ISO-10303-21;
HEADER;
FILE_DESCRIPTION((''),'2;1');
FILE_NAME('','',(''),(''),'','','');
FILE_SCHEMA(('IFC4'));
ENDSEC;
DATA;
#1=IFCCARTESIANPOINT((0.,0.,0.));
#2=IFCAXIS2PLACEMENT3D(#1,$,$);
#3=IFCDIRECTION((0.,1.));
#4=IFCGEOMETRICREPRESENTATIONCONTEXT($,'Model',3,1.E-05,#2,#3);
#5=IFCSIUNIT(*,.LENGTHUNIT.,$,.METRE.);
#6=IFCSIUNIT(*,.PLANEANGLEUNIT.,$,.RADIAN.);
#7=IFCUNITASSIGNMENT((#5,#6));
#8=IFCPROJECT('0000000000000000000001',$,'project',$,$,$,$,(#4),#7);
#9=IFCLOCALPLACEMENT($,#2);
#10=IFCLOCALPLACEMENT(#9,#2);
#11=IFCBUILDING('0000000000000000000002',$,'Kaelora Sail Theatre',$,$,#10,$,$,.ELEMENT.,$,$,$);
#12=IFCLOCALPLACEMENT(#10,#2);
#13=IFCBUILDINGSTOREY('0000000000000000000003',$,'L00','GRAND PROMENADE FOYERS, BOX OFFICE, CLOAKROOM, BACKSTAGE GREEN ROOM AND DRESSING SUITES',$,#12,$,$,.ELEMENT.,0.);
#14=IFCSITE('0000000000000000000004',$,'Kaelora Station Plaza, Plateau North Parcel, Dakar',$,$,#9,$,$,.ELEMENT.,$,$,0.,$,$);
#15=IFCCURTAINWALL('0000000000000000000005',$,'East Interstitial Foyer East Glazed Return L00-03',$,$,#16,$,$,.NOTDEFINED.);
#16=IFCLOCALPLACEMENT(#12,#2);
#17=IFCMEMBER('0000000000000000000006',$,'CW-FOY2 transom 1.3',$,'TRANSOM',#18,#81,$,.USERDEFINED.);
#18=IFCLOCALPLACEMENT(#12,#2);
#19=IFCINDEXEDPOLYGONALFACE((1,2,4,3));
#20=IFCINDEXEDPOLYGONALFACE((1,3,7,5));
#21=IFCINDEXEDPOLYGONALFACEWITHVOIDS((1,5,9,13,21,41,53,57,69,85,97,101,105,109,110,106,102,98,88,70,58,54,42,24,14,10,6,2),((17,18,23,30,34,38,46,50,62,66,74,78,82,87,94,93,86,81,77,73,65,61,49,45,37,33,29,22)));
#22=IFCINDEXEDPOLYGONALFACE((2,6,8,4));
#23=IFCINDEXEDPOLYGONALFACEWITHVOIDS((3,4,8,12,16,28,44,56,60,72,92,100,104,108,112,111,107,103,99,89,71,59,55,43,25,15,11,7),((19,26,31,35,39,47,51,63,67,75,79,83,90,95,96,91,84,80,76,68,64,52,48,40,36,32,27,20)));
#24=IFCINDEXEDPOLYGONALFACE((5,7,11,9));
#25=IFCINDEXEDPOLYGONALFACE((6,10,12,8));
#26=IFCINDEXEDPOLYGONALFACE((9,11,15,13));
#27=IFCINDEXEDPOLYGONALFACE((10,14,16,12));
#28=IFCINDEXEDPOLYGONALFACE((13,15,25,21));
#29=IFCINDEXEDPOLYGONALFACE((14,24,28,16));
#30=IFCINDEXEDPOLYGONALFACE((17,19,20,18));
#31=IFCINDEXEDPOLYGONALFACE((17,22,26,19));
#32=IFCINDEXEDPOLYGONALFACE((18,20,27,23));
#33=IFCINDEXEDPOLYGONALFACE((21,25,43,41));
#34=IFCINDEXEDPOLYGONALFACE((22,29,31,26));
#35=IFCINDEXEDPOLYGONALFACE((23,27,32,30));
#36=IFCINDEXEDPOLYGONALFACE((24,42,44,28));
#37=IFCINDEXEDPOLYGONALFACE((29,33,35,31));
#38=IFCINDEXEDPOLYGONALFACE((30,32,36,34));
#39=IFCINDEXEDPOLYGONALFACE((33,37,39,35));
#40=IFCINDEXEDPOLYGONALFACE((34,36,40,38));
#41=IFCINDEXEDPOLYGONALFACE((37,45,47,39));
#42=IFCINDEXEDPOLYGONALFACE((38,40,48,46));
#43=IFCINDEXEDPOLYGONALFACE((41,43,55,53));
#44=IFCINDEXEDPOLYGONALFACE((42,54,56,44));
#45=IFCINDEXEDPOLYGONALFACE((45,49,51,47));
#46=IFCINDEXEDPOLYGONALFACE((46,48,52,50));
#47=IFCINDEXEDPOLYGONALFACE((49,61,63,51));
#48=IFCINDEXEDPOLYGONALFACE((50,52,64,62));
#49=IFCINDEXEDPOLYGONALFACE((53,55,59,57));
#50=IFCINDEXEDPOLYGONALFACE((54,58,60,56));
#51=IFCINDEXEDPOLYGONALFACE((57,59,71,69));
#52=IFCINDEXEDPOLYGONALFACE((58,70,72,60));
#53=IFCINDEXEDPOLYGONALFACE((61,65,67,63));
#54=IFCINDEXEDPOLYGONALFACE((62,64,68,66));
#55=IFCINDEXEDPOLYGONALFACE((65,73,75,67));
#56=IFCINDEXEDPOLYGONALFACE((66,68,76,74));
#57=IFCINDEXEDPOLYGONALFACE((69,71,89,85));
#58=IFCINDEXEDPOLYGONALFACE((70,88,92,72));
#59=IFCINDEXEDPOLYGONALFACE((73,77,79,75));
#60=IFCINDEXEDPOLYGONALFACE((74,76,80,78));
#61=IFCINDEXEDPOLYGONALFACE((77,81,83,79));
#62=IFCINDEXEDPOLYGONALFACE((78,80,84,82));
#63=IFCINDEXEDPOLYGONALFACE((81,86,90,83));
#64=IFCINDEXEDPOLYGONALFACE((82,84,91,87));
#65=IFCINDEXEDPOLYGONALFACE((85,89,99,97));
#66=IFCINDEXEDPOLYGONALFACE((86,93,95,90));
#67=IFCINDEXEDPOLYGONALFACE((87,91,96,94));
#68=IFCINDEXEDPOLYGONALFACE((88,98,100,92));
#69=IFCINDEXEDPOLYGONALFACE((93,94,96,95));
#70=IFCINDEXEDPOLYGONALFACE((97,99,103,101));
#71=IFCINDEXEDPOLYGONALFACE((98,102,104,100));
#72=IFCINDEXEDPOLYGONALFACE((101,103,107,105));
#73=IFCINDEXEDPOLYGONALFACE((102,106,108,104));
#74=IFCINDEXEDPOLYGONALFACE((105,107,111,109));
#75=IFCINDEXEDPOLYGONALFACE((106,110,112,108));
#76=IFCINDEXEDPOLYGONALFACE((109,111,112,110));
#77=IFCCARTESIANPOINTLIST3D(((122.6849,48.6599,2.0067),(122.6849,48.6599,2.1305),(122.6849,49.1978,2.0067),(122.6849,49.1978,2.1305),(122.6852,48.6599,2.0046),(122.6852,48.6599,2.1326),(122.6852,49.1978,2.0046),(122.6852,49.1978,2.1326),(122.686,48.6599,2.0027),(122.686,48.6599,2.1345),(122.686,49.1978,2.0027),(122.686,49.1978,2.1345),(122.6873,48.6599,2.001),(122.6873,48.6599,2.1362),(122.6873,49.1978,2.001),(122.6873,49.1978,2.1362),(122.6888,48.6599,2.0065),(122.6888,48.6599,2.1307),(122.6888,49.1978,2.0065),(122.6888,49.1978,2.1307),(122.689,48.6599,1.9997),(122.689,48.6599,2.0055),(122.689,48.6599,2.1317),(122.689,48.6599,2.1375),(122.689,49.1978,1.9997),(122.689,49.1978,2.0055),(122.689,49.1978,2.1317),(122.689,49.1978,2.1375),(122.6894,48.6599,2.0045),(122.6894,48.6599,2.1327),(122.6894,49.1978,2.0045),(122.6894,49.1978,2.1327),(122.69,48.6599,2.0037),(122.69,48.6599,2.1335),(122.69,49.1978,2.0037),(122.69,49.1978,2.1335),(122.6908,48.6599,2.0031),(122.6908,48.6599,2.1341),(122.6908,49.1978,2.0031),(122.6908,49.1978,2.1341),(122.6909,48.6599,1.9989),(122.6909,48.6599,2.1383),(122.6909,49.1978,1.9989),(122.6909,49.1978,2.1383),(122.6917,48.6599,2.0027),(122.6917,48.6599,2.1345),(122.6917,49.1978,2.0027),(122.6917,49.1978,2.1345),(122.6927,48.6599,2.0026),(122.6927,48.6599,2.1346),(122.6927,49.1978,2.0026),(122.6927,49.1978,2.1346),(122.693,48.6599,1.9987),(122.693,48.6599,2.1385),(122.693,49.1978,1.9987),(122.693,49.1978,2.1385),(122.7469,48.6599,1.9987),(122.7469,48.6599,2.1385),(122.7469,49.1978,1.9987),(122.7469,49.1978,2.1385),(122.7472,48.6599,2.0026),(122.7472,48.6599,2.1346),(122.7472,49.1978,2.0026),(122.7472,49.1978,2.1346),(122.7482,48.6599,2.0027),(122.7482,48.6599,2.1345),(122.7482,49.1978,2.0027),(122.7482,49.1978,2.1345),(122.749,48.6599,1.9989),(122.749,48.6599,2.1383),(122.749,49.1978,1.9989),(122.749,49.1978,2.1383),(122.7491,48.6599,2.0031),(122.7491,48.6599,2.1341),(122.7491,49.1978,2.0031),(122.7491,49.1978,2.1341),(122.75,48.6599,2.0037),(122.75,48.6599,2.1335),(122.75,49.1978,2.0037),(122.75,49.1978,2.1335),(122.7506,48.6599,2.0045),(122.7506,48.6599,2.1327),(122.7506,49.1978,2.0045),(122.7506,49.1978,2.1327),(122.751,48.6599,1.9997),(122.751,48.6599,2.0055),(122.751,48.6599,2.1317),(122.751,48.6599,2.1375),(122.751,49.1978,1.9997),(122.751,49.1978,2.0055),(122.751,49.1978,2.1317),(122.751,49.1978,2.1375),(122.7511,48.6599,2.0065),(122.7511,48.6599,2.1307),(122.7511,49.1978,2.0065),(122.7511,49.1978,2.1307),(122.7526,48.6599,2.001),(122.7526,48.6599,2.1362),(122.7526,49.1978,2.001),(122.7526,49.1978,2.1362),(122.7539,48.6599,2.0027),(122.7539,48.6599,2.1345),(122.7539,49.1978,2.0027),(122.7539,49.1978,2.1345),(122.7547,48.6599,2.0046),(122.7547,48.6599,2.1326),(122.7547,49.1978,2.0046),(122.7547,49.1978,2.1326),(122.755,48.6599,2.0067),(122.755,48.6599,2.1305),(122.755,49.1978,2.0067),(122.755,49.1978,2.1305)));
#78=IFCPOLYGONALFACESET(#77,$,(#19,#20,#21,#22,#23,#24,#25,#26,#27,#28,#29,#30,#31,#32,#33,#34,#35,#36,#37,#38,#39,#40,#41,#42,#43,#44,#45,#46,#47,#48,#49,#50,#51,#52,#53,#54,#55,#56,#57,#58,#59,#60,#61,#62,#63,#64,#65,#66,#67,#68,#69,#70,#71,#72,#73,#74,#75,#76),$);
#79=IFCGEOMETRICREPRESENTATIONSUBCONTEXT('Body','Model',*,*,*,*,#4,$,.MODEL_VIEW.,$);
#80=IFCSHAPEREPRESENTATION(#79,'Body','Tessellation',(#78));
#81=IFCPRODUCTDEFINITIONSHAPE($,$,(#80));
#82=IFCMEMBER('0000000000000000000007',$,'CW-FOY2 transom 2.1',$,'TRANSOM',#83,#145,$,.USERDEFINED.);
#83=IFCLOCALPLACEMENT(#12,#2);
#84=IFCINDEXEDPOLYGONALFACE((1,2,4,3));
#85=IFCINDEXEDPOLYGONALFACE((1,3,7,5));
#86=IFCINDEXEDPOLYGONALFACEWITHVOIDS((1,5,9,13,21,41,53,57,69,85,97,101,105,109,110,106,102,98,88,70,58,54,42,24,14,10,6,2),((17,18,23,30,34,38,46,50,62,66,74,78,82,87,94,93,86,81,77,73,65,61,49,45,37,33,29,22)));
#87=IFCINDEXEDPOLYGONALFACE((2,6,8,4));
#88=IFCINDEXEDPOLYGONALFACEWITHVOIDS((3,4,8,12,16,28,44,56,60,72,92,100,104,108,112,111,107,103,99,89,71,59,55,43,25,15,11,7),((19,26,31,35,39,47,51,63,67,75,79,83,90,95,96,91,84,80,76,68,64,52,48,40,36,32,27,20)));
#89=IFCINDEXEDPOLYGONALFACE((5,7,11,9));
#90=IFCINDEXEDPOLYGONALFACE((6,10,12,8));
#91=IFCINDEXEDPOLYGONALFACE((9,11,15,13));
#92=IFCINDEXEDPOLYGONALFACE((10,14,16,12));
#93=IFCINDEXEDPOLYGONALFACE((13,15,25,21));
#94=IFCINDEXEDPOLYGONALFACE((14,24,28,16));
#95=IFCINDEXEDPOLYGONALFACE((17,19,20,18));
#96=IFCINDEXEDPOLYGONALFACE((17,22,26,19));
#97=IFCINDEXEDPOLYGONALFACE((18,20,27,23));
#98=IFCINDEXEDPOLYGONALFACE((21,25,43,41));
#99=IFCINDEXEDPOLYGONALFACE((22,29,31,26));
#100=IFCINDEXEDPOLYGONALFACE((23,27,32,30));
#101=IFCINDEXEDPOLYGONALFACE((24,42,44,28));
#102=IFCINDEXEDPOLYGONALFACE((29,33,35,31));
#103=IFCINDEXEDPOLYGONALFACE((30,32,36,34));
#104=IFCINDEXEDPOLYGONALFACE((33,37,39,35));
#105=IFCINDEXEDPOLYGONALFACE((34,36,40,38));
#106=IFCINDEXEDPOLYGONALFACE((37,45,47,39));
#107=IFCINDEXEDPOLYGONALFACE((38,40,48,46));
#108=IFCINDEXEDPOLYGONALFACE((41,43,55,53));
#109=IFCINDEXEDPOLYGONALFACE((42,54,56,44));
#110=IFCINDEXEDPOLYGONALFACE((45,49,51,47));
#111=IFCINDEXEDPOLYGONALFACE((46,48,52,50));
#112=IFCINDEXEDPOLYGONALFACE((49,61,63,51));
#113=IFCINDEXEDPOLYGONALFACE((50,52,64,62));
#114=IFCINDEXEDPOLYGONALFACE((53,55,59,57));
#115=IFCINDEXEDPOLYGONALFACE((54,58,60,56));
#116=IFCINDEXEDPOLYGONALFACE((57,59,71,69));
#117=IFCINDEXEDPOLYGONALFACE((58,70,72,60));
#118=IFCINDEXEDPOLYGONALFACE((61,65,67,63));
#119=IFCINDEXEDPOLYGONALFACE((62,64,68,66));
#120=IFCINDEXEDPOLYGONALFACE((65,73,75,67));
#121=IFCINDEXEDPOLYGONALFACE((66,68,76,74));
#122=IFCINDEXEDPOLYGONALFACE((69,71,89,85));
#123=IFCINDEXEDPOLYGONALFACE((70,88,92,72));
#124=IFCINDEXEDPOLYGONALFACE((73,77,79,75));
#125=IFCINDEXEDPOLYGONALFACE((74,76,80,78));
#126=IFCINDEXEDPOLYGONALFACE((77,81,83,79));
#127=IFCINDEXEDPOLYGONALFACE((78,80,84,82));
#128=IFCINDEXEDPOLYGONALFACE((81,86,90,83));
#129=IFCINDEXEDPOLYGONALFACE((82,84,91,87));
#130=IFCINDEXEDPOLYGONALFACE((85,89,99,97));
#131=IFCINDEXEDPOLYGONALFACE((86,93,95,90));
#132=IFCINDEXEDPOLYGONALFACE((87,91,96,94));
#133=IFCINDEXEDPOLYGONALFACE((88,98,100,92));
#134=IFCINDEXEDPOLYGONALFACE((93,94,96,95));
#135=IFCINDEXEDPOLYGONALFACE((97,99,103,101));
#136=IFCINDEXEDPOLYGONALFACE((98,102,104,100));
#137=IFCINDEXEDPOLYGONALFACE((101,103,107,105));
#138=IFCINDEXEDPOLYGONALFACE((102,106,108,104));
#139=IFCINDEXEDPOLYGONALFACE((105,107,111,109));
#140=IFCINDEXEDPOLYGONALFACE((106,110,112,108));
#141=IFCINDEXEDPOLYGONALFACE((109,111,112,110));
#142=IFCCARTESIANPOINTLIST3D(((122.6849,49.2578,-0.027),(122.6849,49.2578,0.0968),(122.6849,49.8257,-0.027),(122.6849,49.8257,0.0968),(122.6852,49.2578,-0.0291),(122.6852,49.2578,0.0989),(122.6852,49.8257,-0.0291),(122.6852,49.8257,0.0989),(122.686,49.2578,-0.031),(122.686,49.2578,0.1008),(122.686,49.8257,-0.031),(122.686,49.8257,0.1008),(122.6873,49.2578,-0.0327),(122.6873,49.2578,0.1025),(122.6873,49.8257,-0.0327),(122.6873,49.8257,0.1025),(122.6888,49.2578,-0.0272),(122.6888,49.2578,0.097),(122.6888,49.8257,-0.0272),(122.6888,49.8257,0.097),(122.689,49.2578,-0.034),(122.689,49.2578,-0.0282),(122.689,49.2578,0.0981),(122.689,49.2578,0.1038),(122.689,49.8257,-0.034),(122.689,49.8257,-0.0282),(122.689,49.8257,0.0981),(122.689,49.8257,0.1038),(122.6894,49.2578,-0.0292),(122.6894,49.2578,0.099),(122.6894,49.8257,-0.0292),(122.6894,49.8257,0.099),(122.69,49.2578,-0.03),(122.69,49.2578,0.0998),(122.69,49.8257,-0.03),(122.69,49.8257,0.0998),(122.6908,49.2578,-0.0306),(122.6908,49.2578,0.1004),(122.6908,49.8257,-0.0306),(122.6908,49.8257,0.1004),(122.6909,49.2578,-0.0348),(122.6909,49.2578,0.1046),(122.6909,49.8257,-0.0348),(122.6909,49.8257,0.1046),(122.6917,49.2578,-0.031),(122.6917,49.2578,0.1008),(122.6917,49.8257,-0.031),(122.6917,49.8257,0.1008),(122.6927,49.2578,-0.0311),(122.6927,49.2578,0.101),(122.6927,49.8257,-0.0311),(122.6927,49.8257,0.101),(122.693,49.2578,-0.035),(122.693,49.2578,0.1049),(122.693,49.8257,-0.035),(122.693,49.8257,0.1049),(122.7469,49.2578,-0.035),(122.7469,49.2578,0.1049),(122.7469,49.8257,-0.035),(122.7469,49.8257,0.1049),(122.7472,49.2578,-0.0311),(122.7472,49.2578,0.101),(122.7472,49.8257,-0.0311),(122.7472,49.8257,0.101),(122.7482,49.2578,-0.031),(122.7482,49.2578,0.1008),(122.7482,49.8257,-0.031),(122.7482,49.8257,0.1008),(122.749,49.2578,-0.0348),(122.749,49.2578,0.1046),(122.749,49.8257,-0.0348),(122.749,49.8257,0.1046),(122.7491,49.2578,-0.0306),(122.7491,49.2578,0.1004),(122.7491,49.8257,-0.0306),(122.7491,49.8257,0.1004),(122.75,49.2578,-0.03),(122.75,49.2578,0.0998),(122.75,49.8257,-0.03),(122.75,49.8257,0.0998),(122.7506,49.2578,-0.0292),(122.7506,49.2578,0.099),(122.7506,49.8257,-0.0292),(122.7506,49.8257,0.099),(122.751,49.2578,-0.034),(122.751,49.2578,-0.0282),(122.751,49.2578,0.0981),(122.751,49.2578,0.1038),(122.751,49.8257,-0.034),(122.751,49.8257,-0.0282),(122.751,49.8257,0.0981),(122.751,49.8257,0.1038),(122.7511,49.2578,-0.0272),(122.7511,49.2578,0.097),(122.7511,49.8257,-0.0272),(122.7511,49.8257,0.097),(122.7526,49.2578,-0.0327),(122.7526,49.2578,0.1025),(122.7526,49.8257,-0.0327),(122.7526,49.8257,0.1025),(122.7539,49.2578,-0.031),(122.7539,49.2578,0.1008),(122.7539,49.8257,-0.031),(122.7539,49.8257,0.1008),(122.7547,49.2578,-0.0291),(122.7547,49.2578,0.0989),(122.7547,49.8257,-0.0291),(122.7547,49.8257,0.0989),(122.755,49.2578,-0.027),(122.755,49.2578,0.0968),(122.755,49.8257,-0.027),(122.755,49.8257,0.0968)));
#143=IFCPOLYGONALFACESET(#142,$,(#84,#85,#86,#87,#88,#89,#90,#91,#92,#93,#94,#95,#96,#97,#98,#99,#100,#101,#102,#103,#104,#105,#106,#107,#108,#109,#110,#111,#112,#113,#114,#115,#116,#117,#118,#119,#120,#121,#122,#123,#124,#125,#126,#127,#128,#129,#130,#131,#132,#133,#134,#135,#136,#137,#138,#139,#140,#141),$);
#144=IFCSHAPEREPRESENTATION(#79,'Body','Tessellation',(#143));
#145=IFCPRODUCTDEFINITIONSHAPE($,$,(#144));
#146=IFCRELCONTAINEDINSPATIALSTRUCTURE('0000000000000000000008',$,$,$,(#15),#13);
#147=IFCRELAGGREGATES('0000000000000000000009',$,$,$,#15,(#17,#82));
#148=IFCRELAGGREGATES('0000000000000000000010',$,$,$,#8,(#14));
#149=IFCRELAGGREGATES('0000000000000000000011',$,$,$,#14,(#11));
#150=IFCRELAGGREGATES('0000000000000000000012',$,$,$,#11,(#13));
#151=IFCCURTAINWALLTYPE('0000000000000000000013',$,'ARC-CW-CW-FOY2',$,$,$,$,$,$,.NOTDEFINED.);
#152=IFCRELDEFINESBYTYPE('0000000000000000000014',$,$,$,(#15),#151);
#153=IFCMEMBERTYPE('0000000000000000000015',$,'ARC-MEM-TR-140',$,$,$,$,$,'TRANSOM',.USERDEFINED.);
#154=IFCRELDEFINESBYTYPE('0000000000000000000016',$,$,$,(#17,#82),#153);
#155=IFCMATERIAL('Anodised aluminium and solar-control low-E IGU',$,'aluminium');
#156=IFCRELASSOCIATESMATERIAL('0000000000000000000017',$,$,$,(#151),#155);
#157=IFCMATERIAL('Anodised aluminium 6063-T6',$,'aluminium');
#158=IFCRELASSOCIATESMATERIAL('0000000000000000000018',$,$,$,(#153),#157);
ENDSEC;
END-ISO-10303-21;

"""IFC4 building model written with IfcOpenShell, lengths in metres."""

from ifc_helpers import new_model, si_unit, direction, frame, origin, origin_2d, place, context, subcontext, project, spatial, hollow_rectangle, extrude, material, material_profile, profile_set, type_object, element, aggregate, save


model = new_model("IFC4")

# Units and contexts
model_context = context("Model", 3, precision=1e-05, world=origin(), true_north=direction((0.0, 1.0)))
body_context = subcontext(model_context, "Body", "Model", "MODEL_VIEW")
ifc_project = project(units=[si_unit("LENGTHUNIT", "METRE"), si_unit("PLANEANGLEUNIT", "RADIAN")], contexts=[model_context])

# Site, building, storey
site_placement = place(None, origin())
site = spatial("IfcSite", under=ifc_project, at=site_placement, Name="Kaelora Station Plaza, Plateau North Parcel, Dakar", CompositionType="ELEMENT", RefElevation=0.0)
building_placement = place(site_placement, origin())
building = spatial("IfcBuilding", under=site, at=building_placement, Name="Kaelora Sail Theatre", CompositionType="ELEMENT")
storey_placement = place(building_placement, origin())
storey = spatial("IfcBuildingStorey", under=building, at=storey_placement, Name="L00", Description="GRAND PROMENADE FOYERS, BOX OFFICE, CLOAKROOM, BACKSTAGE GREEN ROOM AND DRESSING SUITES", CompositionType="ELEMENT", Elevation=0.0)

# Curtain wall, members
ifc_material_1 = material(Name="Anodised aluminium and solar-control low-E IGU", Category="aluminium")
curtain_wall_type = type_object("IfcCurtainWallType", Name="ARC-CW-CW-FOY2", PredefinedType="NOTDEFINED", material=ifc_material_1)
curtain_wall_placement = place(storey_placement, origin())
curtain_wall = element("IfcCurtainWall", 1, at=curtain_wall_placement, inside=storey, type_object=curtain_wall_type, Name="East Interstitial Foyer East Glazed Return L00-03", PredefinedType="NOTDEFINED")
ifc_material_2 = material(Name="Anodised aluminium 6063-T6", Category="aluminium")
ifc_material_profile_1 = material_profile(ifc_material_2, hollow_rectangle(XDim=0.0701, YDim=0.1399, WallThickness=0.0039, InnerFilletRadius=0.0039, OuterFilletRadius=0.0081, at=origin_2d()), Name="ALU-TRAN 70x140x4")
ifc_profile_set_1 = profile_set([ifc_material_profile_1], Name="Anodised aluminium 6063-T6")
member_type_1 = type_object("IfcMemberType", Name="ARC-MEM-TR-140", ElementType="TRANSOM", PredefinedType="USERDEFINED", material=ifc_profile_set_1)
member_1_placement = place(storey_placement, frame((122.72, 48.6599, 2.0686), z_axis=(0.0, 1.0, 0.0), x_axis=(-1.0, 0.0, 0.0)))
member_1 = element("IfcMember", 2, at=member_1_placement, type_object=member_type_1, Name="CW-FOY2 transom 1.3", ObjectType="TRANSOM", PredefinedType="USERDEFINED", context=body_context, shape_type="SweptSolid", body=[
    extrude(hollow_rectangle(XDim=0.0701, YDim=0.1399, WallThickness=0.0039, InnerFilletRadius=0.0039, OuterFilletRadius=0.0081, at=origin_2d()), origin(), (0.0, 0.0, 1.0), 0.5378),
])
member_2_placement = place(storey_placement, frame((122.72, 49.2578, 0.0349), z_axis=(0.0, 1.0, 0.0), x_axis=(-1.0, 0.0, 0.0)))
member_2 = element("IfcMember", 3, at=member_2_placement, type_object=member_type_1, Name="CW-FOY2 transom 2.1", ObjectType="TRANSOM", PredefinedType="USERDEFINED", context=body_context, shape_type="SweptSolid", body=[
    extrude(hollow_rectangle(XDim=0.0701, YDim=0.1399, WallThickness=0.0039, InnerFilletRadius=0.0039, OuterFilletRadius=0.0081, at=origin_2d()), origin(), (0.0, 0.0, 1.0), 0.5679),
])
aggregate(curtain_wall, [member_1, member_2])

save(model, "model.ifc")
